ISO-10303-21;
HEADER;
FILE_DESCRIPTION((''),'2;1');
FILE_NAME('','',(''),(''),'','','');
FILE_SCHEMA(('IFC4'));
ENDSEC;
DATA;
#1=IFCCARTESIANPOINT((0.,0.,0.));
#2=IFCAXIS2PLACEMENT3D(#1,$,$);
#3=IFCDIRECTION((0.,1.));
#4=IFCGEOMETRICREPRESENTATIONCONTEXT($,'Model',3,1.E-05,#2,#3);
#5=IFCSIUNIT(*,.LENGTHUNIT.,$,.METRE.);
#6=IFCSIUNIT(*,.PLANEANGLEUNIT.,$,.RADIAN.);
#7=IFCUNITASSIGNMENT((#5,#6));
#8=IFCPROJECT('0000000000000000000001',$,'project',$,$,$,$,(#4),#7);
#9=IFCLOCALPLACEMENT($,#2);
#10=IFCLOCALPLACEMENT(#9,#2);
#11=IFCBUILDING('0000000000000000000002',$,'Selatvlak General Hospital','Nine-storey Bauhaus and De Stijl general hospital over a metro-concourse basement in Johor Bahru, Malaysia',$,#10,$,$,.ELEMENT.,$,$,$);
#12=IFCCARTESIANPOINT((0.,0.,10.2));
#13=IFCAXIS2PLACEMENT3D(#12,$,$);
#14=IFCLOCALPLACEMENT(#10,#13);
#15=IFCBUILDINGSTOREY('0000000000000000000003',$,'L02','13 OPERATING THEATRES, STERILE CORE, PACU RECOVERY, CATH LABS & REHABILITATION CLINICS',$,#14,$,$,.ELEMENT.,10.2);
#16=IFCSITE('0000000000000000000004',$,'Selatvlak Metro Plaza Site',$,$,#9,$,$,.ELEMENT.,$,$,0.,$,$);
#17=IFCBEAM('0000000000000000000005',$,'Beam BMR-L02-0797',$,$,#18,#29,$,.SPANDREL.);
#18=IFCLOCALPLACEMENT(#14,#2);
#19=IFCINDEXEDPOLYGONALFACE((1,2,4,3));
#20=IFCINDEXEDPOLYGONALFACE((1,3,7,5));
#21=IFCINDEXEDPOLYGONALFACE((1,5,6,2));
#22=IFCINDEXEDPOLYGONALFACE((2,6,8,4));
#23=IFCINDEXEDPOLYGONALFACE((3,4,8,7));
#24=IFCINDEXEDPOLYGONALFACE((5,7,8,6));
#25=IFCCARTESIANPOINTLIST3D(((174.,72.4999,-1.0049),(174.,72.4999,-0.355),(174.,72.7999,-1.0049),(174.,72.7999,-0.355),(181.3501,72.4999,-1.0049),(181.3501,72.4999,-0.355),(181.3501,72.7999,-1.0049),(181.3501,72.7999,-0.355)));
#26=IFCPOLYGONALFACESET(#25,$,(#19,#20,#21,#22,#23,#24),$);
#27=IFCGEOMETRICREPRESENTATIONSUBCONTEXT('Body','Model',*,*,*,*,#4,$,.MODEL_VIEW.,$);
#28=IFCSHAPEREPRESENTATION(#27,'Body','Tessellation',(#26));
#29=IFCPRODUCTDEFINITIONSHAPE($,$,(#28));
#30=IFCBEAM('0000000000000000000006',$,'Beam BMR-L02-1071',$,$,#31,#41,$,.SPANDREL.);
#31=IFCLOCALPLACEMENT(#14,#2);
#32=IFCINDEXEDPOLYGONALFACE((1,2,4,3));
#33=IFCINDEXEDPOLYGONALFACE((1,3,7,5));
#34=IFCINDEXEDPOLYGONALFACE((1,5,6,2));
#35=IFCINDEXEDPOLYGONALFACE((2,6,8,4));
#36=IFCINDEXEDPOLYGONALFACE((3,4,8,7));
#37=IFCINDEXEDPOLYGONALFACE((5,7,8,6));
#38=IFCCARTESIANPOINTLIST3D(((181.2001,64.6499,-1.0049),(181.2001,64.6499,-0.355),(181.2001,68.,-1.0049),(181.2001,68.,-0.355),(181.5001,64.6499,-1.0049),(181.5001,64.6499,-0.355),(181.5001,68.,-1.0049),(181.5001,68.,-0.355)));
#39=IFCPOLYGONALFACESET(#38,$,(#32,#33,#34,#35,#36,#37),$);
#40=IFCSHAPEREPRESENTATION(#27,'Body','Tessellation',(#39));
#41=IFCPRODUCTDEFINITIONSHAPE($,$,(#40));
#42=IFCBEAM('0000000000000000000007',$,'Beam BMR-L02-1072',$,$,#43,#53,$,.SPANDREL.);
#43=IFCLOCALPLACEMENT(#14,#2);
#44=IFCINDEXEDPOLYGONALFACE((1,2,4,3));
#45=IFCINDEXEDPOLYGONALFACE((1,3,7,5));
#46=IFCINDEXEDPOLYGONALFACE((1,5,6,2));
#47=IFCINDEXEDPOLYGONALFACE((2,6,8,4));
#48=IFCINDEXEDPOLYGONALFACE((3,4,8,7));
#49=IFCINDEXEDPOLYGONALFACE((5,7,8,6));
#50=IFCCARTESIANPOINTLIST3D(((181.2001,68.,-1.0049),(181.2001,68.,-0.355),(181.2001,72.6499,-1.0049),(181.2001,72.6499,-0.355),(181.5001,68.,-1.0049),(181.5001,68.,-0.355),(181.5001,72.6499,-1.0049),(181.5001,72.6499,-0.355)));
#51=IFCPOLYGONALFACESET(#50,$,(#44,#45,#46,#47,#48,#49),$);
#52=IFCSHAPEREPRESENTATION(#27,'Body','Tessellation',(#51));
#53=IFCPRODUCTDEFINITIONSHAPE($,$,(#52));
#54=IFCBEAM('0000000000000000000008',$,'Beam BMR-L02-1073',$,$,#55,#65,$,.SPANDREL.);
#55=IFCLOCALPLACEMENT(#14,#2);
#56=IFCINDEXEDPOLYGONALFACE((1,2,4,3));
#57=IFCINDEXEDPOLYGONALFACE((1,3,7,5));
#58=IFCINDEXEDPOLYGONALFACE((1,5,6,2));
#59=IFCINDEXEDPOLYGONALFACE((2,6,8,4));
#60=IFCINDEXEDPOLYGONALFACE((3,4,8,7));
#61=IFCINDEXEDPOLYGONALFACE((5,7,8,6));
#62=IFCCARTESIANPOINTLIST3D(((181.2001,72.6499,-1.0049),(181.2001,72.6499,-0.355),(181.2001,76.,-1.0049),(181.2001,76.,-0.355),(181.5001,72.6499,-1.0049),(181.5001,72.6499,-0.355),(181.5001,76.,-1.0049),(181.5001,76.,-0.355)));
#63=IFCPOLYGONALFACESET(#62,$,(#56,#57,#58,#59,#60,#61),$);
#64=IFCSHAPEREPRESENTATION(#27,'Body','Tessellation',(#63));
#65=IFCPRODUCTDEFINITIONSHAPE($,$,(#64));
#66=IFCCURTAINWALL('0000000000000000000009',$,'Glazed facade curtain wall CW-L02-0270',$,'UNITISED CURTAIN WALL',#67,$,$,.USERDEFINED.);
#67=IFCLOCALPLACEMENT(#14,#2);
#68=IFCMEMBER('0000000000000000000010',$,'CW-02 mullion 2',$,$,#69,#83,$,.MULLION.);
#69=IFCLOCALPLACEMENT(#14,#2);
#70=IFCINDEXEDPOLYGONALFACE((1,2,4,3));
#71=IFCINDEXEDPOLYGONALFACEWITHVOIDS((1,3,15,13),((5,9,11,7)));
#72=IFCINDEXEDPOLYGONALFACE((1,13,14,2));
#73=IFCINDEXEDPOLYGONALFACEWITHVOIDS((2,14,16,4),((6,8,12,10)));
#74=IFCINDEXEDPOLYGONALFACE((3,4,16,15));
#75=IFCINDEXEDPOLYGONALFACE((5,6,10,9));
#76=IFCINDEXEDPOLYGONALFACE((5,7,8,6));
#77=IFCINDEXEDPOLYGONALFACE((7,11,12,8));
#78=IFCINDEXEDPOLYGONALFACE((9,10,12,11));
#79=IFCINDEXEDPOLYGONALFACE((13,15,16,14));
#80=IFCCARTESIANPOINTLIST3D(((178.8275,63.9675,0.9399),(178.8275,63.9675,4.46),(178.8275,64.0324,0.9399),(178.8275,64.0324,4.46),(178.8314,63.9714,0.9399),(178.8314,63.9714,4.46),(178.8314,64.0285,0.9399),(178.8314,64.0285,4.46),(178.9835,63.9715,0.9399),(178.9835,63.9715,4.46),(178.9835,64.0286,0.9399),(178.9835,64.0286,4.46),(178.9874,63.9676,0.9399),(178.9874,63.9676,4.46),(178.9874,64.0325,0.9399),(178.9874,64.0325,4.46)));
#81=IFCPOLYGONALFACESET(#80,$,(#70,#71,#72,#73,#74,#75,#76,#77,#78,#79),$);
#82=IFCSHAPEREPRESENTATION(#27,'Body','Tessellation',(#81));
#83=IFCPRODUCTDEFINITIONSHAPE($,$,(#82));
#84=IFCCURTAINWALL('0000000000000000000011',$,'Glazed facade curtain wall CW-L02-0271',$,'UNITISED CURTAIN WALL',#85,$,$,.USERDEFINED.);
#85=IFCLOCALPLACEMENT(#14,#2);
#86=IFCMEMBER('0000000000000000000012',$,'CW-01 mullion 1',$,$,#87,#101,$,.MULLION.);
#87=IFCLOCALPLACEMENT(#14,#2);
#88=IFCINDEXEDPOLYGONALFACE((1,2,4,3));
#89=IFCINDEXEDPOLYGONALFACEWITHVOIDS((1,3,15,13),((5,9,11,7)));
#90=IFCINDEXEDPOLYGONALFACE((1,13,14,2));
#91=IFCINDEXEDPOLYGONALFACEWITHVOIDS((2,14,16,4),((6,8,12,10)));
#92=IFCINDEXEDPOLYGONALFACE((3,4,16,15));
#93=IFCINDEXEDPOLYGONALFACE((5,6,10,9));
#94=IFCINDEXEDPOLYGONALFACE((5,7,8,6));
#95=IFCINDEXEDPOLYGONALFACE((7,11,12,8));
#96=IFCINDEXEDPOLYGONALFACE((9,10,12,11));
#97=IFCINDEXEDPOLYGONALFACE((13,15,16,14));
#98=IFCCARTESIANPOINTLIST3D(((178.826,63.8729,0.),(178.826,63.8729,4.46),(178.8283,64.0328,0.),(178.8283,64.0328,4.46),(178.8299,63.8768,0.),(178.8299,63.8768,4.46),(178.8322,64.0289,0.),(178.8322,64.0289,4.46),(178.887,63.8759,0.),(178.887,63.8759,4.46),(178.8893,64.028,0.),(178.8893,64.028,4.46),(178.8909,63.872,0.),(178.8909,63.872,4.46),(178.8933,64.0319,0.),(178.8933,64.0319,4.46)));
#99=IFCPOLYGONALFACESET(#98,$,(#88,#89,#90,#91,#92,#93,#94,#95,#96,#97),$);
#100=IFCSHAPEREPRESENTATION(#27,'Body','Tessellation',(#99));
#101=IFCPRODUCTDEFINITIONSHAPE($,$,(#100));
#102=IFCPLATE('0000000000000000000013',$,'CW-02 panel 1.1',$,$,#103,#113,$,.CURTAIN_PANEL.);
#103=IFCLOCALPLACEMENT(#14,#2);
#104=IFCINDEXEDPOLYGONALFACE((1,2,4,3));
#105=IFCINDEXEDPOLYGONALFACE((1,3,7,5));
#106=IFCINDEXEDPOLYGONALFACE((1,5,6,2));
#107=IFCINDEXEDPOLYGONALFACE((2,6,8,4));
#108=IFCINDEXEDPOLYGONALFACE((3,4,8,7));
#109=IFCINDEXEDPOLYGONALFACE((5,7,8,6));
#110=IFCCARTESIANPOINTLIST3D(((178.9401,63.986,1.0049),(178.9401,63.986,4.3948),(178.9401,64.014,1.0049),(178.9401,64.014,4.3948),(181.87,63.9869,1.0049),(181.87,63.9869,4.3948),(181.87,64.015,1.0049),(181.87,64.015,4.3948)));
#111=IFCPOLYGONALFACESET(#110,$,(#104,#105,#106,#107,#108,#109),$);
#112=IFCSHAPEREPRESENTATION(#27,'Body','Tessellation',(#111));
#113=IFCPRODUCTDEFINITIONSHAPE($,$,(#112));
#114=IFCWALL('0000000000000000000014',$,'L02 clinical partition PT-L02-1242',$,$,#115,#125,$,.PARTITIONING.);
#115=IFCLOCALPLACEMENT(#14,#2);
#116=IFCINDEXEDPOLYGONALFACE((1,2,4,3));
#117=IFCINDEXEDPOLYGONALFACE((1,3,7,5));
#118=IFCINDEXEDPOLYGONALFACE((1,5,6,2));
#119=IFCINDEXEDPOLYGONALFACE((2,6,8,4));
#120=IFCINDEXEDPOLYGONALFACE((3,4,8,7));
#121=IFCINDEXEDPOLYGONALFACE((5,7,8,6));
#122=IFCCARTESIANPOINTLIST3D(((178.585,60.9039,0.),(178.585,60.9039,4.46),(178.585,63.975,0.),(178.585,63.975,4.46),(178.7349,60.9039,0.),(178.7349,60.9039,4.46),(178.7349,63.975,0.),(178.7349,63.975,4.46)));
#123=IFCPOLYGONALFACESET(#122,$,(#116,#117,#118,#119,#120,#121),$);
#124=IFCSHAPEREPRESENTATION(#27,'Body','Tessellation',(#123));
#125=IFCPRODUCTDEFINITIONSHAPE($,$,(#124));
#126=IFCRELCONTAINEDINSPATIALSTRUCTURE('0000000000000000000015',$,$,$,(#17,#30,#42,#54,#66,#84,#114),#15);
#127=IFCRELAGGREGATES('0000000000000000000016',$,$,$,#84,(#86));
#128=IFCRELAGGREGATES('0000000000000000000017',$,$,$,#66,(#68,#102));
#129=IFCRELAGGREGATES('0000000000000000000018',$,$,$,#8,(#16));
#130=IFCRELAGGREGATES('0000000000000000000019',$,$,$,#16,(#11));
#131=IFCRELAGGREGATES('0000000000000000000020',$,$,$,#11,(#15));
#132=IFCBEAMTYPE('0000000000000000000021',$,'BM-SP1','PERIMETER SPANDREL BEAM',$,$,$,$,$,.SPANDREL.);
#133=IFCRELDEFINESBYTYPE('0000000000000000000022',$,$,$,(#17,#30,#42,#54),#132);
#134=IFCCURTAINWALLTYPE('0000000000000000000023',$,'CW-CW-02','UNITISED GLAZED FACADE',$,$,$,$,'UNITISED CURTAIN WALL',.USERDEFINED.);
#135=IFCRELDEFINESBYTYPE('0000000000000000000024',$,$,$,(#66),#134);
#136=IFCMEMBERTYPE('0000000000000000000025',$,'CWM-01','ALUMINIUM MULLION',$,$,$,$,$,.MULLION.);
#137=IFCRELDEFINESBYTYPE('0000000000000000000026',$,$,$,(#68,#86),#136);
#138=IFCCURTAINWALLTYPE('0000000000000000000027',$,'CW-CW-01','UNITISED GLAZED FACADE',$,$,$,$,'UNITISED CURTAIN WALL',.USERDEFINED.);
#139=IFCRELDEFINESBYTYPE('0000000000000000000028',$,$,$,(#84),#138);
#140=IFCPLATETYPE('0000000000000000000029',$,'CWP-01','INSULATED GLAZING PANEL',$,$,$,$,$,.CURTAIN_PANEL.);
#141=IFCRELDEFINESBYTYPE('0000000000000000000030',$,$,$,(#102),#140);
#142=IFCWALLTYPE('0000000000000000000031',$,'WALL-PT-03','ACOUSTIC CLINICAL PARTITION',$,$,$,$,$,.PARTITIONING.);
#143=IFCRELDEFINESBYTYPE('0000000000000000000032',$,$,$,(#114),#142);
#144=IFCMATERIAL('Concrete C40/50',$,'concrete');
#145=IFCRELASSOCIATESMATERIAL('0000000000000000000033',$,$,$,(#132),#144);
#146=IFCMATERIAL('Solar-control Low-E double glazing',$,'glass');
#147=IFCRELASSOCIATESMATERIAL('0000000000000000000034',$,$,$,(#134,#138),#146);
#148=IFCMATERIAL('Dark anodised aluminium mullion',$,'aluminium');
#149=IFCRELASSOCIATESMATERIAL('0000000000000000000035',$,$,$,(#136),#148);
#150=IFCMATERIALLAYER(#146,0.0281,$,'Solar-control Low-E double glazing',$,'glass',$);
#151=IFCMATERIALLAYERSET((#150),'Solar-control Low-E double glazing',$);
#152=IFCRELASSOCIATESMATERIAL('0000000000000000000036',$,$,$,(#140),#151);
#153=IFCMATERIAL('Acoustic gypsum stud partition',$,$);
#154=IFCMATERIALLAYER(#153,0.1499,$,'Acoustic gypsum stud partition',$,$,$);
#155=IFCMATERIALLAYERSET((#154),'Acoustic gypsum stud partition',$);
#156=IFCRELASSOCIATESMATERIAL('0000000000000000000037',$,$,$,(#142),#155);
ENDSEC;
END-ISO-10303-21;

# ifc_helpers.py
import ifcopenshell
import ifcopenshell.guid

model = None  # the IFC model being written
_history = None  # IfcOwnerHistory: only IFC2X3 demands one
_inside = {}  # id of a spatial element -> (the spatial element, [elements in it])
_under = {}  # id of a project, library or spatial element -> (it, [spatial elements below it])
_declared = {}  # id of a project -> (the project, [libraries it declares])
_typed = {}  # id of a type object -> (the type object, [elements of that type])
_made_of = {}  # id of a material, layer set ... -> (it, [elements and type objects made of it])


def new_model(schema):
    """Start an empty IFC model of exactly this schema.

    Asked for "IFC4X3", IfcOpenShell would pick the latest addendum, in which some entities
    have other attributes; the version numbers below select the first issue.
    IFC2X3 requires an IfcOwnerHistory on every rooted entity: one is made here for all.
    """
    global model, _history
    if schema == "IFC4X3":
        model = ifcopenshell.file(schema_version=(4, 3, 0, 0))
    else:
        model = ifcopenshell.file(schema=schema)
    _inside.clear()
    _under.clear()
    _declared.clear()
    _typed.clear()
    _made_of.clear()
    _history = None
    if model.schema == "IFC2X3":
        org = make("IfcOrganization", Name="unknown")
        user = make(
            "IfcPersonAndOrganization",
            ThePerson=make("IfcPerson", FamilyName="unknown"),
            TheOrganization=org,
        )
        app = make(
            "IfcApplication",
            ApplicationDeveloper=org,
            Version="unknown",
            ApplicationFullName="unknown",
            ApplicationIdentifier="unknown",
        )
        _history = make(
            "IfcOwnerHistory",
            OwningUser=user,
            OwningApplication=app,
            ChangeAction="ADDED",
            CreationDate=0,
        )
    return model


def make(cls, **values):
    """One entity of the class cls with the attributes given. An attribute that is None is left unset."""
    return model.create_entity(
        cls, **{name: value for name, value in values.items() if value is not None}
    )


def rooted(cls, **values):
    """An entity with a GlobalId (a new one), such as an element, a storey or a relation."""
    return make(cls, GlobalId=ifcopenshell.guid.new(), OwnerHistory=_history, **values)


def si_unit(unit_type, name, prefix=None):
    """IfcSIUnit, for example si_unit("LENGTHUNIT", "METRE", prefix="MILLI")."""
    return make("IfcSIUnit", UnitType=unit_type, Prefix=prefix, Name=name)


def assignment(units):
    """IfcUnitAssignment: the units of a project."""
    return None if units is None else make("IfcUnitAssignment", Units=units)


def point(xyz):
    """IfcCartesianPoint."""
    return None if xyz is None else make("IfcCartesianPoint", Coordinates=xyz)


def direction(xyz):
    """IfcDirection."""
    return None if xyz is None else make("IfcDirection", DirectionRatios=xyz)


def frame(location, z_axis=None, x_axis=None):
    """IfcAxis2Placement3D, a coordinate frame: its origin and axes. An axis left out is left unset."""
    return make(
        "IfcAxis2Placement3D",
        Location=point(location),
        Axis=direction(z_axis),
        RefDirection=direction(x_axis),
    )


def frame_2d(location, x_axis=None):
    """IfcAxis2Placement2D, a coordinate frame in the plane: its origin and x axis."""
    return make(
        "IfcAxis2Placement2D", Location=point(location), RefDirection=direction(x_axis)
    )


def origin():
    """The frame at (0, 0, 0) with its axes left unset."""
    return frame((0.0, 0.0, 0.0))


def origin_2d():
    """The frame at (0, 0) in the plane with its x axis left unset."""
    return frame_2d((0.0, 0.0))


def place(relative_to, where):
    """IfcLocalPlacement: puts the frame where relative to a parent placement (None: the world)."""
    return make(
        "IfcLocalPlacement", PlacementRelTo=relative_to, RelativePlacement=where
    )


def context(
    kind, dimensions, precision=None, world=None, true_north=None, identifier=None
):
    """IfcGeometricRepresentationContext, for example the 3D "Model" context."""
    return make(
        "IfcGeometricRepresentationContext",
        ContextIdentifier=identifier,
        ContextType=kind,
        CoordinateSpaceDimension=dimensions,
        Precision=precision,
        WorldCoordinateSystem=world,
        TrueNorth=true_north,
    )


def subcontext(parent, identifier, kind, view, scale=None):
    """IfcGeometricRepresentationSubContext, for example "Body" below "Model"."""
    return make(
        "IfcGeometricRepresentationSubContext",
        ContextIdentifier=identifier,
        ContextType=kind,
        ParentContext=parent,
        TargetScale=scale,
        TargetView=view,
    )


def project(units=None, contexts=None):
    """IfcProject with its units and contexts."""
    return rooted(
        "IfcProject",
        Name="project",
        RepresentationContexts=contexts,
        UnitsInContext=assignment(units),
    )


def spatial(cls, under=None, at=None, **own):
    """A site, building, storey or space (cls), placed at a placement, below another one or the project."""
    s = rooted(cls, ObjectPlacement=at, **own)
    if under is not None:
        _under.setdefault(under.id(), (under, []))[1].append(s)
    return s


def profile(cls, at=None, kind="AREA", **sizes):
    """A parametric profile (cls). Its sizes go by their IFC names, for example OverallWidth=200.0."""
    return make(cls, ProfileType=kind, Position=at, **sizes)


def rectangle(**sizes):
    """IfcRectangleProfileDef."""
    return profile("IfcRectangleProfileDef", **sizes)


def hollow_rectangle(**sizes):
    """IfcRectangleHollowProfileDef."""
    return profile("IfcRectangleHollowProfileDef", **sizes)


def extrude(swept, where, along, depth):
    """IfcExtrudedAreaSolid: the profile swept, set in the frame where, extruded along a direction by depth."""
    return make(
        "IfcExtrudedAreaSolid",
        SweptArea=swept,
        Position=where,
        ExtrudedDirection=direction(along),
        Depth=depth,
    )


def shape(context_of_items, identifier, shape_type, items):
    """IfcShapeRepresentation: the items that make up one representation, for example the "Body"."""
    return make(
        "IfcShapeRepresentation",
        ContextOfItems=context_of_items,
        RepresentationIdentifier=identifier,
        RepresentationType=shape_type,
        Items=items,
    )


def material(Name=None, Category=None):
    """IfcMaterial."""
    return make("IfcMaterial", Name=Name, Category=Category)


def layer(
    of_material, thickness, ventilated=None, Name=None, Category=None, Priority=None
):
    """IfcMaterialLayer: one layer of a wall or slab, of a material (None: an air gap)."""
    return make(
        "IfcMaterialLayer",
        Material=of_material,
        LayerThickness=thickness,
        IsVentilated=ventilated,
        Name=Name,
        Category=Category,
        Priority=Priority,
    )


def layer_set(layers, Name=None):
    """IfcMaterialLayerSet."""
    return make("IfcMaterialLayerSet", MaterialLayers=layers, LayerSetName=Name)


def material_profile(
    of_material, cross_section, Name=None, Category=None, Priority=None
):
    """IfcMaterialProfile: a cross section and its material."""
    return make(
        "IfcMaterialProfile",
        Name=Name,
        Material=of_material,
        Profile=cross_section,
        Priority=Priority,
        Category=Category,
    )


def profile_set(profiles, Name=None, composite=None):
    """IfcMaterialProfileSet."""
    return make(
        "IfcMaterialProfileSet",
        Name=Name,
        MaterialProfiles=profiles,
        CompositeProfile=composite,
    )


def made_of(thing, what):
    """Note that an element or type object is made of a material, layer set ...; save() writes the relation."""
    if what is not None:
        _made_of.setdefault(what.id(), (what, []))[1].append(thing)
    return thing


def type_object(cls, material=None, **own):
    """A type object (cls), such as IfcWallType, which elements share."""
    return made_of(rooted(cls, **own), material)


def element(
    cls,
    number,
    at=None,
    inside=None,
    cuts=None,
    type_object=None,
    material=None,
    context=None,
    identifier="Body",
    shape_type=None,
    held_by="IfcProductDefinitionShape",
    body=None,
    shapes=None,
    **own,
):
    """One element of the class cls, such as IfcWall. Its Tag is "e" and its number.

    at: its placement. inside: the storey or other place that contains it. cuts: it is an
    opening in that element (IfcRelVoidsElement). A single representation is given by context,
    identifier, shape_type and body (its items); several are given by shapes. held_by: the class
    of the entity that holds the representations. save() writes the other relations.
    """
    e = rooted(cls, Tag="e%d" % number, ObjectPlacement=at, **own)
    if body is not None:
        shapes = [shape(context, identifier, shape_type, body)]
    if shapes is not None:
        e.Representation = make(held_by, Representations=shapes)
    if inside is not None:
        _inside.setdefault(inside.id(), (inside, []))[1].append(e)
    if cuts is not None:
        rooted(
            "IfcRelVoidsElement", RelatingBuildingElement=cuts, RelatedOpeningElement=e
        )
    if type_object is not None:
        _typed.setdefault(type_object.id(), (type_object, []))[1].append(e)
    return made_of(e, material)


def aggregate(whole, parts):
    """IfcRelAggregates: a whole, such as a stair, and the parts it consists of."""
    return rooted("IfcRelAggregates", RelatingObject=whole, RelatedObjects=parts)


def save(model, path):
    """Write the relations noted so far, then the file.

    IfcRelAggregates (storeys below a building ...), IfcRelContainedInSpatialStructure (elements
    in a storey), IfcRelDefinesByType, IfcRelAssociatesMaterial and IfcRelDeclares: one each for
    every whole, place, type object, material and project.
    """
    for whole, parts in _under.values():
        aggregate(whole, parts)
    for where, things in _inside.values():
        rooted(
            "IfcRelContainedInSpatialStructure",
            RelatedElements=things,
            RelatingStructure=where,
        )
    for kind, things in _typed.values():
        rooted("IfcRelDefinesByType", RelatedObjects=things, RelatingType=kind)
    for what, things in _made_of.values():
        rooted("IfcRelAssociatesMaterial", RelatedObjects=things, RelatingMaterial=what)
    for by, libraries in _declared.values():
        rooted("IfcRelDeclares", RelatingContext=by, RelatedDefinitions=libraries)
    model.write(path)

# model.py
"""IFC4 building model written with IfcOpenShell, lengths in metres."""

from ifc_helpers import new_model, si_unit, direction, frame, frame_2d, origin, origin_2d, place, context, subcontext, project, spatial, rectangle, hollow_rectangle, extrude, material, layer, layer_set, material_profile, profile_set, type_object, element, aggregate, save


model = new_model("IFC4")

# Units and contexts
model_context = context("Model", 3, precision=1e-05, world=origin(), true_north=direction((0.0, 1.0)))
body_context = subcontext(model_context, "Body", "Model", "MODEL_VIEW")
ifc_project = project(units=[si_unit("LENGTHUNIT", "METRE"), si_unit("PLANEANGLEUNIT", "RADIAN")], contexts=[model_context])

# Site, building, storey
site_placement = place(None, origin())
site = spatial("IfcSite", under=ifc_project, at=site_placement, Name="Selatvlak Metro Plaza Site", CompositionType="ELEMENT", RefElevation=0.0)
building_placement = place(site_placement, origin())
building = spatial("IfcBuilding", under=site, at=building_placement, Name="Selatvlak General Hospital", Description="Nine-storey Bauhaus and De Stijl general hospital over a metro-concourse basement in Johor Bahru, Malaysia", CompositionType="ELEMENT")
storey_placement = place(building_placement, frame((0.0, 0.0, 10.2)))
storey = spatial("IfcBuildingStorey", under=building, at=storey_placement, Name="L02", Description="13 OPERATING THEATRES, STERILE CORE, PACU RECOVERY, CATH LABS & REHABILITATION CLINICS", CompositionType="ELEMENT", Elevation=10.2)

# Shared definitions
ifc_material_1 = material(Name="Concrete C40/50", Category="concrete")

# Beams
ifc_material_profile_1 = material_profile(ifc_material_1, rectangle(XDim=0.3, YDim=0.6499, at=origin_2d()), Name="RC-SP 300x650")
ifc_profile_set_1 = profile_set([ifc_material_profile_1], Name="Concrete C40/50")
beam_type_1 = type_object("IfcBeamType", Name="BM-SP1", Description="PERIMETER SPANDREL BEAM", PredefinedType="SPANDREL", material=ifc_profile_set_1)
beam_1_placement = place(storey_placement, frame((174.0, 72.6499, -0.6799), z_axis=(1.0, 0.0, 0.0), x_axis=(0.0, 1.0, 0.0)))
element("IfcBeam", 1, at=beam_1_placement, inside=storey, type_object=beam_type_1, Name="Beam BMR-L02-0797", PredefinedType="SPANDREL", context=body_context, shape_type="SweptSolid", body=[
    extrude(rectangle(XDim=0.3, YDim=0.6499, at=origin_2d()), origin(), (0.0, 0.0, 1.0), 7.3501),
])
beam_2_placement = place(storey_placement, frame((181.3501, 64.6499, -0.6799), z_axis=(0.0, 1.0, 0.0), x_axis=(-1.0, 0.0, 0.0)))
element("IfcBeam", 2, at=beam_2_placement, inside=storey, type_object=beam_type_1, Name="Beam BMR-L02-1071", PredefinedType="SPANDREL", context=body_context, shape_type="SweptSolid", body=[
    extrude(rectangle(XDim=0.3, YDim=0.6499, at=origin_2d()), origin(), (0.0, 0.0, 1.0), 3.3501),
])
beam_3_placement = place(storey_placement, frame((181.3501, 68.0, -0.6799), z_axis=(0.0, 1.0, 0.0), x_axis=(-1.0, 0.0, 0.0)))
element("IfcBeam", 3, at=beam_3_placement, inside=storey, type_object=beam_type_1, Name="Beam BMR-L02-1072", PredefinedType="SPANDREL", context=body_context, shape_type="SweptSolid", body=[
    extrude(rectangle(XDim=0.3, YDim=0.6499, at=origin_2d()), origin(), (0.0, 0.0, 1.0), 4.6499),
])
beam_4_placement = place(storey_placement, frame((181.3501, 72.6499, -0.6799), z_axis=(0.0, 1.0, 0.0), x_axis=(-1.0, 0.0, 0.0)))
element("IfcBeam", 4, at=beam_4_placement, inside=storey, type_object=beam_type_1, Name="Beam BMR-L02-1073", PredefinedType="SPANDREL", context=body_context, shape_type="SweptSolid", body=[
    extrude(rectangle(XDim=0.3, YDim=0.6499, at=origin_2d()), origin(), (0.0, 0.0, 1.0), 3.3501),
])

# Curtain walls, members
ifc_material_2 = material(Name="Solar-control Low-E double glazing", Category="glass")
curtain_wall_type_1 = type_object("IfcCurtainWallType", Name="CW-CW-02", Description="UNITISED GLAZED FACADE", ElementType="UNITISED CURTAIN WALL", PredefinedType="USERDEFINED", material=ifc_material_2)
curtain_wall_1_placement = place(storey_placement, origin())
curtain_wall_1 = element("IfcCurtainWall", 5, at=curtain_wall_1_placement, inside=storey, type_object=curtain_wall_type_1, Name="Glazed facade curtain wall CW-L02-0270", ObjectType="UNITISED CURTAIN WALL", PredefinedType="USERDEFINED")
ifc_material_3 = material(Name="Dark anodised aluminium mullion", Category="aluminium")
ifc_material_profile_2 = material_profile(ifc_material_3, hollow_rectangle(XDim=0.0649, YDim=0.1599, WallThickness=0.0039, at=origin_2d()), Name="AL-MUL 65x160x4")
ifc_profile_set_2 = profile_set([ifc_material_profile_2], Name="Dark anodised aluminium mullion")
member_type = type_object("IfcMemberType", Name="CWM-01", Description="ALUMINIUM MULLION", PredefinedType="MULLION", material=ifc_profile_set_2)
member_1_placement = place(storey_placement, frame((178.9075, 64.0, 0.9399), z_axis=(0.0, 0.0, 1.0), x_axis=(0.000327, -1.0, 0.0)))
member_1 = element("IfcMember", 6, at=member_1_placement, type_object=member_type, Name="CW-02 mullion 2", PredefinedType="MULLION", context=body_context, shape_type="SweptSolid", body=[
    extrude(hollow_rectangle(XDim=0.0649, YDim=0.1599, WallThickness=0.0039, at=origin_2d()), origin(), (0.0, 0.0, 1.0), 3.52),
])
curtain_wall_type_2 = type_object("IfcCurtainWallType", Name="CW-CW-01", Description="UNITISED GLAZED FACADE", ElementType="UNITISED CURTAIN WALL", PredefinedType="USERDEFINED", material=ifc_material_2)
curtain_wall_2_placement = place(storey_placement, origin())
curtain_wall_2 = element("IfcCurtainWall", 7, at=curtain_wall_2_placement, inside=storey, type_object=curtain_wall_type_2, Name="Glazed facade curtain wall CW-L02-0271", ObjectType="UNITISED CURTAIN WALL", PredefinedType="USERDEFINED")
member_2_placement = place(storey_placement, frame((178.8596, 63.9524, 0.0), z_axis=(0.0, 0.0, 1.0), x_axis=(0.999889, -0.014924, 0.0)))
member_2 = element("IfcMember", 8, at=member_2_placement, type_object=member_type, Name="CW-01 mullion 1", PredefinedType="MULLION", context=body_context, shape_type="SweptSolid", body=[
    extrude(hollow_rectangle(XDim=0.0649, YDim=0.1599, WallThickness=0.0039, at=origin_2d()), origin(), (0.0, 0.0, 1.0), 4.46),
])
aggregate(curtain_wall_2, [member_2])

# Plate
ifc_layer_1 = layer(ifc_material_2, 0.0281, Name="Solar-control Low-E double glazing", Category="glass")
ifc_layer_set_1 = layer_set([ifc_layer_1], Name="Solar-control Low-E double glazing")
plate_type = type_object("IfcPlateType", Name="CWP-01", Description="INSULATED GLAZING PANEL", PredefinedType="CURTAIN_PANEL", material=ifc_layer_set_1)
plate_placement = place(storey_placement, frame((180.405, 64.0005, 1.0049), z_axis=(0.0, 0.0, 1.0), x_axis=(-1.0, -0.000327, 0.0)))
plate = element("IfcPlate", 9, at=plate_placement, type_object=plate_type, Name="CW-02 panel 1.1", PredefinedType="CURTAIN_PANEL", context=body_context, shape_type="SweptSolid", body=[
    extrude(rectangle(XDim=2.9299, YDim=0.0281, at=origin_2d()), origin(), (0.0, 0.0, 1.0), 3.3899),
])
aggregate(curtain_wall_1, [member_1, plate])

# Wall
ifc_material_4 = material(Name="Acoustic gypsum stud partition")
ifc_layer_2 = layer(ifc_material_4, 0.1499, Name="Acoustic gypsum stud partition")
ifc_layer_set_2 = layer_set([ifc_layer_2], Name="Acoustic gypsum stud partition")
wall_type = type_object("IfcWallType", Name="WALL-PT-03", Description="ACOUSTIC CLINICAL PARTITION", PredefinedType="PARTITIONING", material=ifc_layer_set_2)
wall_placement = place(storey_placement, frame((178.6599, 63.9751, 0.0), z_axis=(0.0, 0.0, 1.0), x_axis=(0.0, -1.0, 0.0)))
element("IfcWall", 10, at=wall_placement, inside=storey, type_object=wall_type, Name="L02 clinical partition PT-L02-1242", PredefinedType="PARTITIONING", context=body_context, shape_type="SweptSolid", body=[
    extrude(rectangle(XDim=3.071, YDim=0.1499, at=frame_2d((1.5356, 0.0))), origin(), (0.0, 0.0, 1.0), 4.46),
])

save(model, "model.ifc")
